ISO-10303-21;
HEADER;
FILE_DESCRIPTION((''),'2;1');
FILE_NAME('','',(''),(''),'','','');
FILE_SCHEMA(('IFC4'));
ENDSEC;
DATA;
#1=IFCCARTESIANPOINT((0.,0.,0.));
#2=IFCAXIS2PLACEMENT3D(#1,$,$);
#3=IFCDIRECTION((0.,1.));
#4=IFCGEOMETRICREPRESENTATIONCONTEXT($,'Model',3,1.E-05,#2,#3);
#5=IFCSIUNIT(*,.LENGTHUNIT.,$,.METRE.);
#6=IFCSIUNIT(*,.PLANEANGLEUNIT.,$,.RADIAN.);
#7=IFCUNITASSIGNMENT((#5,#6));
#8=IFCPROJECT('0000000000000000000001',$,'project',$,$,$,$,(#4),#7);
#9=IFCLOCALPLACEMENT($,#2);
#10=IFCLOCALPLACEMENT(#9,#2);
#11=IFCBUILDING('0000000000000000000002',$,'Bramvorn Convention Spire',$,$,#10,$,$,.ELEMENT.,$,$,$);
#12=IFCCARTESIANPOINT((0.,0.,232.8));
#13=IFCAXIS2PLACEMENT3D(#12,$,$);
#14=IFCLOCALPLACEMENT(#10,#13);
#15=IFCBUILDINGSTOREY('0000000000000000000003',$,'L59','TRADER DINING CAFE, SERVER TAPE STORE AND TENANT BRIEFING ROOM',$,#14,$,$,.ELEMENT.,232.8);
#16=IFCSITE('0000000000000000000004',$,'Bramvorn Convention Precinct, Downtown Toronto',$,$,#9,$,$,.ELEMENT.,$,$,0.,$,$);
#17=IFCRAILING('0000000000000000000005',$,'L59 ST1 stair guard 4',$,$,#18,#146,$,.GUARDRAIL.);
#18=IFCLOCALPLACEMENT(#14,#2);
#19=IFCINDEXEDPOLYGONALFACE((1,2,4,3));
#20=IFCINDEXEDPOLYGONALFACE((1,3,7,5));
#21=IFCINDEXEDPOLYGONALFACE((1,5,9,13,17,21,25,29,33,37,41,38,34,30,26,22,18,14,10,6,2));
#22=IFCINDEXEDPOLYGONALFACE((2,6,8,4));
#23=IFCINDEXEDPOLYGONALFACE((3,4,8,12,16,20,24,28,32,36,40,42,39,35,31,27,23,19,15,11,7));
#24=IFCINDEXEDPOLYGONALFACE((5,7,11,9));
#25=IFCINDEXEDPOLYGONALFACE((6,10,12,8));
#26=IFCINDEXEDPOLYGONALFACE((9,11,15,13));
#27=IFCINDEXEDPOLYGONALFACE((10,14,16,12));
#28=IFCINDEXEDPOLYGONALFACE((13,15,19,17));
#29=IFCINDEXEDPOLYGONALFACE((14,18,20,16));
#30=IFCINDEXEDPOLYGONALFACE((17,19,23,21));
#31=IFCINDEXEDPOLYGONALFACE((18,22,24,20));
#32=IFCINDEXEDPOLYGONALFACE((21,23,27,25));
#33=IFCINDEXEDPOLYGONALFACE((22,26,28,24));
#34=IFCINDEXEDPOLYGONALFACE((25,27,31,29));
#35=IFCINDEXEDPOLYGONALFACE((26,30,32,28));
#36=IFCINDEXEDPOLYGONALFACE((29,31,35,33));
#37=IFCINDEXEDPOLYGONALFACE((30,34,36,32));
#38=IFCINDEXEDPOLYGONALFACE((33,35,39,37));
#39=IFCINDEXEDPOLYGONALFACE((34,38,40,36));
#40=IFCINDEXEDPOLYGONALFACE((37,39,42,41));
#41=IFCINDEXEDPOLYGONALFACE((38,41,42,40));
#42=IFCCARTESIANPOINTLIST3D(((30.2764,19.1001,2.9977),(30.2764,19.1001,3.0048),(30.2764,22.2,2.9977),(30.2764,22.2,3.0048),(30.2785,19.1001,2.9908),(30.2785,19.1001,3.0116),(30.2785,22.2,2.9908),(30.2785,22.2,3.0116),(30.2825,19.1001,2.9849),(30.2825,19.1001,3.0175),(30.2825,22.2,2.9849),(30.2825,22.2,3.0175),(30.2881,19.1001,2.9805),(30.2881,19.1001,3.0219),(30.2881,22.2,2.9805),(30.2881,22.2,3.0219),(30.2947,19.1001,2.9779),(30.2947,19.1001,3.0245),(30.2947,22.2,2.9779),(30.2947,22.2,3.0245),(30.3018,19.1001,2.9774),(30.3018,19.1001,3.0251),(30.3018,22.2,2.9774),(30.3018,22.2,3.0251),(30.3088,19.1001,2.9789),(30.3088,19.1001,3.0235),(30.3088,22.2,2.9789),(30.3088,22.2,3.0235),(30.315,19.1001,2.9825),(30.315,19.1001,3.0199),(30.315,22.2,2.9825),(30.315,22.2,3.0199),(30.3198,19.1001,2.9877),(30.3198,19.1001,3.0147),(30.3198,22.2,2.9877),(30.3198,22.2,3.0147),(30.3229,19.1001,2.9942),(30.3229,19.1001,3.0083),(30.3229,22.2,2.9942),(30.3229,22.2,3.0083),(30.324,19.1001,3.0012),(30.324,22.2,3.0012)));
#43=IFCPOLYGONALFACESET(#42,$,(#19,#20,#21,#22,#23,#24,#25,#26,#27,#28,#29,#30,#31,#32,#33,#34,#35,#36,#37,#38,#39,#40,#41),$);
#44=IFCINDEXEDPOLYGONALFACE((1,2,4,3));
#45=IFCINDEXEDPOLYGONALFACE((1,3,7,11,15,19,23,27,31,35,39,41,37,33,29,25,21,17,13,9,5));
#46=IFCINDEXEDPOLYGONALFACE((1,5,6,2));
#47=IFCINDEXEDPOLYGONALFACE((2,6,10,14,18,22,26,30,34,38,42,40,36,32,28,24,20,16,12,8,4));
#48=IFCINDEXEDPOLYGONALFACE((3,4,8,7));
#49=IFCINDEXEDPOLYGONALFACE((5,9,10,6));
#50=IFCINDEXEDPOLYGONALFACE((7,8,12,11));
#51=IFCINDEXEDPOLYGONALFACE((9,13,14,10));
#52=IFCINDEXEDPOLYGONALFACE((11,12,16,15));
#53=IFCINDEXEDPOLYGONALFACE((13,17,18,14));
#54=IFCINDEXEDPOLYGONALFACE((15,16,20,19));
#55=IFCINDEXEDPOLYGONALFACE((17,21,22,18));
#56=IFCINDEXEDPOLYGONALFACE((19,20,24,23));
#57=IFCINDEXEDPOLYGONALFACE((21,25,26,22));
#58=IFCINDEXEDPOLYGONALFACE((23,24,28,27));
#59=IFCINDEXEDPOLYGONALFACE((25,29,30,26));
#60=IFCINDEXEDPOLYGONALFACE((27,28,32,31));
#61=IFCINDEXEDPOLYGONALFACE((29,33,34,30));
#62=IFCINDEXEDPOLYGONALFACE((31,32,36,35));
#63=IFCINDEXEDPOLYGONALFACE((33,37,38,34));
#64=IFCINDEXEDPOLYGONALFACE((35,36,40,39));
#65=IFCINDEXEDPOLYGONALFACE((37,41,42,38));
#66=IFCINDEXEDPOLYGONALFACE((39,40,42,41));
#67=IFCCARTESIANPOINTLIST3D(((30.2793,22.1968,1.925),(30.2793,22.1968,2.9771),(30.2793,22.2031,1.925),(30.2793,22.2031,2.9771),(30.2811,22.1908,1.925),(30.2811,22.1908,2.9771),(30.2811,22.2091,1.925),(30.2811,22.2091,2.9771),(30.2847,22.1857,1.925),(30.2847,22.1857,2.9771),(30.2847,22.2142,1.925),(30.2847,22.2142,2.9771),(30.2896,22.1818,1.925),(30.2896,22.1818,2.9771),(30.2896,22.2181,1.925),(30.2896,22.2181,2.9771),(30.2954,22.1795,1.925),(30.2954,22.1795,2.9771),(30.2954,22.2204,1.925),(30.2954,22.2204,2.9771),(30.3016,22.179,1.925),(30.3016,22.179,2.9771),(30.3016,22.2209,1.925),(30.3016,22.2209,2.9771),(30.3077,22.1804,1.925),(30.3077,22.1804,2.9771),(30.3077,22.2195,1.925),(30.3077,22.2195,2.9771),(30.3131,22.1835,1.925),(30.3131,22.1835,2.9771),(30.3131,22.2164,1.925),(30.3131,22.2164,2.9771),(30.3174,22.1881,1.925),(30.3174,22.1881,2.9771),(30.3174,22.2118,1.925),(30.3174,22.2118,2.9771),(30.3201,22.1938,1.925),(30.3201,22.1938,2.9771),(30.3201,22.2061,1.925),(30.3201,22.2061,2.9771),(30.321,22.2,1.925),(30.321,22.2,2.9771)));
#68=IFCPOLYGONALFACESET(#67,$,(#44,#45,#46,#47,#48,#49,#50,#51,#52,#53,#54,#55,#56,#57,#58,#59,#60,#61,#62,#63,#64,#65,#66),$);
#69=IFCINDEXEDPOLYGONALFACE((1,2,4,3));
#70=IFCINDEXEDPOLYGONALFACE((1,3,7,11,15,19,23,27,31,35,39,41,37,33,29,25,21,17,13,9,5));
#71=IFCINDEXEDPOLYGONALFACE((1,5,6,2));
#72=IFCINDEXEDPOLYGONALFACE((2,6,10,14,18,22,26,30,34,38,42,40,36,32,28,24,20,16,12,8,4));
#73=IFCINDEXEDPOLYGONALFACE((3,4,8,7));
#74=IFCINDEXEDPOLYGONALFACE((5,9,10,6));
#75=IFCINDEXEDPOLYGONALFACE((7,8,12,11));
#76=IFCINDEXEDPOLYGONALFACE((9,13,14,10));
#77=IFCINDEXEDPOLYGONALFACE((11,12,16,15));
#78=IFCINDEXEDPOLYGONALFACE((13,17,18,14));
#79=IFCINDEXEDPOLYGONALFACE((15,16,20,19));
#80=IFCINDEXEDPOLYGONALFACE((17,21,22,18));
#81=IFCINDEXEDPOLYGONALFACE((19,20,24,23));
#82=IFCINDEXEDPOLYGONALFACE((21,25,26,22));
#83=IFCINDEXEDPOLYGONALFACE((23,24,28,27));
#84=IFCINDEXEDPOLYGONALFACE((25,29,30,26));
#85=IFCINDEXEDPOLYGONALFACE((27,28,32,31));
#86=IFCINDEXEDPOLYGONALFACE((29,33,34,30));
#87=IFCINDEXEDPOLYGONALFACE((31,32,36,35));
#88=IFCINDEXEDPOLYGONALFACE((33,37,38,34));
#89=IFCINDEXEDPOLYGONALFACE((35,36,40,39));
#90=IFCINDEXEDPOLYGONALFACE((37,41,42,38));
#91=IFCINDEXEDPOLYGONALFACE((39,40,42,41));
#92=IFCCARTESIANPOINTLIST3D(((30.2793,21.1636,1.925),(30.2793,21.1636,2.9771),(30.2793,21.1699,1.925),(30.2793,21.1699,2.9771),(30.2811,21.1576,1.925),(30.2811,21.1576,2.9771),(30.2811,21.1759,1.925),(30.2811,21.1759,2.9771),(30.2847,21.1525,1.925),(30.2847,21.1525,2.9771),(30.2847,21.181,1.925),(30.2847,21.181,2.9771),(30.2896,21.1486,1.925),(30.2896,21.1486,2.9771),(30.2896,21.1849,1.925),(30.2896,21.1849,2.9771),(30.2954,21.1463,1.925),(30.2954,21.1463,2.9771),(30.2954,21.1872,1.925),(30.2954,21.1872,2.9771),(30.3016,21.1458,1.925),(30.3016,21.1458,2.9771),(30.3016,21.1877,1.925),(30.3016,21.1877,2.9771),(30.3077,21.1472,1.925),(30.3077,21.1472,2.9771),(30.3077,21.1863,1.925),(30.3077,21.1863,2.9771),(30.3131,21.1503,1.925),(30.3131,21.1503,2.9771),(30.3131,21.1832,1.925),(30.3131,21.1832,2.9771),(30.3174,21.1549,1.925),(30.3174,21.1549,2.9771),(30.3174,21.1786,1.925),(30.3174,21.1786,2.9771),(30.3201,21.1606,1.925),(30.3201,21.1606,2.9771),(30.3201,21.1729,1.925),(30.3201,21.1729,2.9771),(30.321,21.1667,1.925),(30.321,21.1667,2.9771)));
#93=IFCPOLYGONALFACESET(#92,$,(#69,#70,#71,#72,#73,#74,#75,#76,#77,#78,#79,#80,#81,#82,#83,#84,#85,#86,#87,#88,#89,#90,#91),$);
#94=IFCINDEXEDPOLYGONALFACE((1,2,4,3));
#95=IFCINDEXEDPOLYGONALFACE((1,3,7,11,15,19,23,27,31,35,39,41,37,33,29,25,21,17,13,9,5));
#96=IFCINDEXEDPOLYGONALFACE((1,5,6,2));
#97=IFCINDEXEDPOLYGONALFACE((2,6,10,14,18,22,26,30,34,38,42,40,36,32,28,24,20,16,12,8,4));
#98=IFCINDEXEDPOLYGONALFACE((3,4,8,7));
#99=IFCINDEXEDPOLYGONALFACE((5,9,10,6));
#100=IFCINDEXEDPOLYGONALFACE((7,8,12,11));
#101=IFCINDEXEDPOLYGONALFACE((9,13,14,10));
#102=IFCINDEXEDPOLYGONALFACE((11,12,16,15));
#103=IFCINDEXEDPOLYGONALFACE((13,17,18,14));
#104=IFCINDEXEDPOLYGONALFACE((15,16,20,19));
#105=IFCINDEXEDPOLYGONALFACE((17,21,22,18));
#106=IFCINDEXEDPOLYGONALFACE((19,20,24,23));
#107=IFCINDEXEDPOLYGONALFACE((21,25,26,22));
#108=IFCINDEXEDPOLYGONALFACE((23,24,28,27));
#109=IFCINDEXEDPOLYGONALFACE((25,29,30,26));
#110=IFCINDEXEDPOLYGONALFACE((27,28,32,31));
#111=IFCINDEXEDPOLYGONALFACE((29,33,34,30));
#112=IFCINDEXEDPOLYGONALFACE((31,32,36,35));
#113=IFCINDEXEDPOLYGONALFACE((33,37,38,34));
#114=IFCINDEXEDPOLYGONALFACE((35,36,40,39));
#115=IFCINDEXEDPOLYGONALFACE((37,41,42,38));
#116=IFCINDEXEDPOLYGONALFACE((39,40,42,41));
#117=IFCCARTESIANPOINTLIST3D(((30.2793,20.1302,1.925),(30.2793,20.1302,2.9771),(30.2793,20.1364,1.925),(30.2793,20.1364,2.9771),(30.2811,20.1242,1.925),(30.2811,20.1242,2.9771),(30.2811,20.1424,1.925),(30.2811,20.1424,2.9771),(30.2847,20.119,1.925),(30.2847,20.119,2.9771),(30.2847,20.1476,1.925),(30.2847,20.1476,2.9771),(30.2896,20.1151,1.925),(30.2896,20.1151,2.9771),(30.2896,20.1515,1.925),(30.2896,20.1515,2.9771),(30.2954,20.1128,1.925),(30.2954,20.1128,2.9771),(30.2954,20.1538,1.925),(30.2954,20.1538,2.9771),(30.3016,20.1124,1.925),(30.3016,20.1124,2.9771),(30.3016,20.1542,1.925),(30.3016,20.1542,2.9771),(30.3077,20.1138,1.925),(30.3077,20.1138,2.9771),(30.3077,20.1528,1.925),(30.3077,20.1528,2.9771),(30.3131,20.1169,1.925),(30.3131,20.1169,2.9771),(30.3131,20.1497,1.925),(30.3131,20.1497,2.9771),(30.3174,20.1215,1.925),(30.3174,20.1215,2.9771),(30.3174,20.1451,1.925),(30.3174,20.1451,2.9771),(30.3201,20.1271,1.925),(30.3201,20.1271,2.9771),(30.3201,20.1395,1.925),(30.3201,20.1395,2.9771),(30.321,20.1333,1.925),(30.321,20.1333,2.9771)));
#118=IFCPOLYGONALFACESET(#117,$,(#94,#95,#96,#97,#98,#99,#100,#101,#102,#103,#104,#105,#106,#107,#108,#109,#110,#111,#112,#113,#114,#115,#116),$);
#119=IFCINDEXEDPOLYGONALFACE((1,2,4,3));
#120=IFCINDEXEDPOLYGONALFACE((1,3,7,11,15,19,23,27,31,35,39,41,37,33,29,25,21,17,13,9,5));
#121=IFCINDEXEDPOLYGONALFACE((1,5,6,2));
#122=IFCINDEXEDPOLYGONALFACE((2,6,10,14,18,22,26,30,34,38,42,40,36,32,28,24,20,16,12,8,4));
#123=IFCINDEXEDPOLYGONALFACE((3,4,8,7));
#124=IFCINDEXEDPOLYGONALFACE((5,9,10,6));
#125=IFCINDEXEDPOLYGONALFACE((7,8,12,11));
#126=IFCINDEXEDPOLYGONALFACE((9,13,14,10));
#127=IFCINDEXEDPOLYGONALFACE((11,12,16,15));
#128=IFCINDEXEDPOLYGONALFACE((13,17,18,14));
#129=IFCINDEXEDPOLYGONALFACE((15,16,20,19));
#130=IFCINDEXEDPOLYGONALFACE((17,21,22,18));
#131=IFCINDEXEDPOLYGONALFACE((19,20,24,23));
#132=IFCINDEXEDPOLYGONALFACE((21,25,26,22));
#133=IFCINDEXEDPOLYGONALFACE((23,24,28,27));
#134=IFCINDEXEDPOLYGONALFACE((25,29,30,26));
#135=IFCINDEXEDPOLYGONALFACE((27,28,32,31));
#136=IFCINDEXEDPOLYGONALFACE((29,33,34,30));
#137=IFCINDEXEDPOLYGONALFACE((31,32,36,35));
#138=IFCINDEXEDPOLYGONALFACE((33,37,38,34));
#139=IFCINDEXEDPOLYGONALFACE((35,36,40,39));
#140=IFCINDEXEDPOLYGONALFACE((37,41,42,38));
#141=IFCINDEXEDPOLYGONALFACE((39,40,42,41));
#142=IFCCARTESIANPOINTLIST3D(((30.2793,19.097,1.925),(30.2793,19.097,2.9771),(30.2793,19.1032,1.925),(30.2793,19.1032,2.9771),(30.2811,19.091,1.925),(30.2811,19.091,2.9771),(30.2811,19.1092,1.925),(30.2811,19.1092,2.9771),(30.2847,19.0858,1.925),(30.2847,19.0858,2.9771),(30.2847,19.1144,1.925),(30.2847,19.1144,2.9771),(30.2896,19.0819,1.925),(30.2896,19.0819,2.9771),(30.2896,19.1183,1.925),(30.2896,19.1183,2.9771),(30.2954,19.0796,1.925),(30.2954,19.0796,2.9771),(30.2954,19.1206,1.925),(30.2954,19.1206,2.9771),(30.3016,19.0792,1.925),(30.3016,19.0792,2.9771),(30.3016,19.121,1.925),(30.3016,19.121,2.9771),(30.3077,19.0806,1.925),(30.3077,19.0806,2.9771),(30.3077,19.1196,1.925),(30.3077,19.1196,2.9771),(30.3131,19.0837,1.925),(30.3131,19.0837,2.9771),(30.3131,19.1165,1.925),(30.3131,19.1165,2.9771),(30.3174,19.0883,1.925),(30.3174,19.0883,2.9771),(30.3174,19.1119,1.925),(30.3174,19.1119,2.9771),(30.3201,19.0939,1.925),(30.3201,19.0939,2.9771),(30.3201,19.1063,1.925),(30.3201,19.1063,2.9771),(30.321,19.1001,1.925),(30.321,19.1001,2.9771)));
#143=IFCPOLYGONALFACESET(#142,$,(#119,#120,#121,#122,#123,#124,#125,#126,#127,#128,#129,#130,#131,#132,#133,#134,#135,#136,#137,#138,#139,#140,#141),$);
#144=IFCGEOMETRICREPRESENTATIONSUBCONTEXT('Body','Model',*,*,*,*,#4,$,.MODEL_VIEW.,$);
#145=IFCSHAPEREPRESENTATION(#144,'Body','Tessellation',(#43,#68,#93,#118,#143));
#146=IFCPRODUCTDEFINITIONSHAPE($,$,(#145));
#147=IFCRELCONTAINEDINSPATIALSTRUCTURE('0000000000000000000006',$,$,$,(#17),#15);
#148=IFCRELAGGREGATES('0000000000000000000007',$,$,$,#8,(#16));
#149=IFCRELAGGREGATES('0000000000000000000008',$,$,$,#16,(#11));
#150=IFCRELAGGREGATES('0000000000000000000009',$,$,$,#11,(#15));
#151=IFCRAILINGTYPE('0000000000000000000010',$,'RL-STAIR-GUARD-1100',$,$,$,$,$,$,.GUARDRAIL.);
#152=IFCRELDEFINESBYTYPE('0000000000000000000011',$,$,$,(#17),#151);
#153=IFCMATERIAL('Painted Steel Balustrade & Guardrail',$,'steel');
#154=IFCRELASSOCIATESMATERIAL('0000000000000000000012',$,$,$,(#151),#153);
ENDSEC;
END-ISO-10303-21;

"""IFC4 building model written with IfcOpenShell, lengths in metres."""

from ifc_helpers import new_model, si_unit, direction, frame, origin, origin_2d, place, context, subcontext, project, spatial, circle, extrude, material, type_object, element, save


model = new_model("IFC4")

# Units and contexts
model_context = context("Model", 3, precision=1e-05, world=origin(), true_north=direction((0.0, 1.0)))
body_context = subcontext(model_context, "Body", "Model", "MODEL_VIEW")
ifc_project = project(units=[si_unit("LENGTHUNIT", "METRE"), si_unit("PLANEANGLEUNIT", "RADIAN")], contexts=[model_context])

# Site, building, storey
site_placement = place(None, origin())
site = spatial("IfcSite", under=ifc_project, at=site_placement, Name="Bramvorn Convention Precinct, Downtown Toronto", CompositionType="ELEMENT", RefElevation=0.0)
building_placement = place(site_placement, origin())
building = spatial("IfcBuilding", under=site, at=building_placement, Name="Bramvorn Convention Spire", CompositionType="ELEMENT")
storey_placement = place(building_placement, frame((0.0, 0.0, 232.8)))
storey = spatial("IfcBuildingStorey", under=building, at=storey_placement, Name="L59", Description="TRADER DINING CAFE, SERVER TAPE STORE AND TENANT BRIEFING ROOM", CompositionType="ELEMENT", Elevation=232.8)

# Railing
ifc_material_1 = material(Name="Painted Steel Balustrade & Guardrail", Category="steel")
railing_type_1 = type_object("IfcRailingType", Name="RL-STAIR-GUARD-1100", PredefinedType="GUARDRAIL", material=ifc_material_1)
for number, where, name in (
    (1, (30.3, 22.2, 1.925), "L59 ST1 stair guard 4"),
):
    element("IfcRailing", number, at=place(storey_placement, frame(where)), inside=storey, type_object=railing_type_1, Name=name, PredefinedType="GUARDRAIL", context=body_context, shape_type="SweptSolid", body=[
        extrude(circle(Radius=0.0239, at=origin_2d()), frame((0.0, 0.0, 1.0762), z_axis=(0.0, -1.0, 0.0), x_axis=(1.0, 0.0, 0.0)), (0.0, 0.0, 1.0), 3.0999),
        extrude(circle(Radius=0.021, at=origin_2d()), origin(), (0.0, 0.0, 1.0), 1.052),
        extrude(circle(Radius=0.021, at=origin_2d()), frame((0.0, -1.0332, 0.0)), (0.0, 0.0, 1.0), 1.052),
        extrude(circle(Radius=0.021, at=origin_2d()), frame((0.0, -2.0667, 0.0)), (0.0, 0.0, 1.0), 1.052),
        extrude(circle(Radius=0.021, at=origin_2d()), frame((0.0, -3.0999, 0.0)), (0.0, 0.0, 1.0), 1.052),
    ])

save(model, "model.ifc")
